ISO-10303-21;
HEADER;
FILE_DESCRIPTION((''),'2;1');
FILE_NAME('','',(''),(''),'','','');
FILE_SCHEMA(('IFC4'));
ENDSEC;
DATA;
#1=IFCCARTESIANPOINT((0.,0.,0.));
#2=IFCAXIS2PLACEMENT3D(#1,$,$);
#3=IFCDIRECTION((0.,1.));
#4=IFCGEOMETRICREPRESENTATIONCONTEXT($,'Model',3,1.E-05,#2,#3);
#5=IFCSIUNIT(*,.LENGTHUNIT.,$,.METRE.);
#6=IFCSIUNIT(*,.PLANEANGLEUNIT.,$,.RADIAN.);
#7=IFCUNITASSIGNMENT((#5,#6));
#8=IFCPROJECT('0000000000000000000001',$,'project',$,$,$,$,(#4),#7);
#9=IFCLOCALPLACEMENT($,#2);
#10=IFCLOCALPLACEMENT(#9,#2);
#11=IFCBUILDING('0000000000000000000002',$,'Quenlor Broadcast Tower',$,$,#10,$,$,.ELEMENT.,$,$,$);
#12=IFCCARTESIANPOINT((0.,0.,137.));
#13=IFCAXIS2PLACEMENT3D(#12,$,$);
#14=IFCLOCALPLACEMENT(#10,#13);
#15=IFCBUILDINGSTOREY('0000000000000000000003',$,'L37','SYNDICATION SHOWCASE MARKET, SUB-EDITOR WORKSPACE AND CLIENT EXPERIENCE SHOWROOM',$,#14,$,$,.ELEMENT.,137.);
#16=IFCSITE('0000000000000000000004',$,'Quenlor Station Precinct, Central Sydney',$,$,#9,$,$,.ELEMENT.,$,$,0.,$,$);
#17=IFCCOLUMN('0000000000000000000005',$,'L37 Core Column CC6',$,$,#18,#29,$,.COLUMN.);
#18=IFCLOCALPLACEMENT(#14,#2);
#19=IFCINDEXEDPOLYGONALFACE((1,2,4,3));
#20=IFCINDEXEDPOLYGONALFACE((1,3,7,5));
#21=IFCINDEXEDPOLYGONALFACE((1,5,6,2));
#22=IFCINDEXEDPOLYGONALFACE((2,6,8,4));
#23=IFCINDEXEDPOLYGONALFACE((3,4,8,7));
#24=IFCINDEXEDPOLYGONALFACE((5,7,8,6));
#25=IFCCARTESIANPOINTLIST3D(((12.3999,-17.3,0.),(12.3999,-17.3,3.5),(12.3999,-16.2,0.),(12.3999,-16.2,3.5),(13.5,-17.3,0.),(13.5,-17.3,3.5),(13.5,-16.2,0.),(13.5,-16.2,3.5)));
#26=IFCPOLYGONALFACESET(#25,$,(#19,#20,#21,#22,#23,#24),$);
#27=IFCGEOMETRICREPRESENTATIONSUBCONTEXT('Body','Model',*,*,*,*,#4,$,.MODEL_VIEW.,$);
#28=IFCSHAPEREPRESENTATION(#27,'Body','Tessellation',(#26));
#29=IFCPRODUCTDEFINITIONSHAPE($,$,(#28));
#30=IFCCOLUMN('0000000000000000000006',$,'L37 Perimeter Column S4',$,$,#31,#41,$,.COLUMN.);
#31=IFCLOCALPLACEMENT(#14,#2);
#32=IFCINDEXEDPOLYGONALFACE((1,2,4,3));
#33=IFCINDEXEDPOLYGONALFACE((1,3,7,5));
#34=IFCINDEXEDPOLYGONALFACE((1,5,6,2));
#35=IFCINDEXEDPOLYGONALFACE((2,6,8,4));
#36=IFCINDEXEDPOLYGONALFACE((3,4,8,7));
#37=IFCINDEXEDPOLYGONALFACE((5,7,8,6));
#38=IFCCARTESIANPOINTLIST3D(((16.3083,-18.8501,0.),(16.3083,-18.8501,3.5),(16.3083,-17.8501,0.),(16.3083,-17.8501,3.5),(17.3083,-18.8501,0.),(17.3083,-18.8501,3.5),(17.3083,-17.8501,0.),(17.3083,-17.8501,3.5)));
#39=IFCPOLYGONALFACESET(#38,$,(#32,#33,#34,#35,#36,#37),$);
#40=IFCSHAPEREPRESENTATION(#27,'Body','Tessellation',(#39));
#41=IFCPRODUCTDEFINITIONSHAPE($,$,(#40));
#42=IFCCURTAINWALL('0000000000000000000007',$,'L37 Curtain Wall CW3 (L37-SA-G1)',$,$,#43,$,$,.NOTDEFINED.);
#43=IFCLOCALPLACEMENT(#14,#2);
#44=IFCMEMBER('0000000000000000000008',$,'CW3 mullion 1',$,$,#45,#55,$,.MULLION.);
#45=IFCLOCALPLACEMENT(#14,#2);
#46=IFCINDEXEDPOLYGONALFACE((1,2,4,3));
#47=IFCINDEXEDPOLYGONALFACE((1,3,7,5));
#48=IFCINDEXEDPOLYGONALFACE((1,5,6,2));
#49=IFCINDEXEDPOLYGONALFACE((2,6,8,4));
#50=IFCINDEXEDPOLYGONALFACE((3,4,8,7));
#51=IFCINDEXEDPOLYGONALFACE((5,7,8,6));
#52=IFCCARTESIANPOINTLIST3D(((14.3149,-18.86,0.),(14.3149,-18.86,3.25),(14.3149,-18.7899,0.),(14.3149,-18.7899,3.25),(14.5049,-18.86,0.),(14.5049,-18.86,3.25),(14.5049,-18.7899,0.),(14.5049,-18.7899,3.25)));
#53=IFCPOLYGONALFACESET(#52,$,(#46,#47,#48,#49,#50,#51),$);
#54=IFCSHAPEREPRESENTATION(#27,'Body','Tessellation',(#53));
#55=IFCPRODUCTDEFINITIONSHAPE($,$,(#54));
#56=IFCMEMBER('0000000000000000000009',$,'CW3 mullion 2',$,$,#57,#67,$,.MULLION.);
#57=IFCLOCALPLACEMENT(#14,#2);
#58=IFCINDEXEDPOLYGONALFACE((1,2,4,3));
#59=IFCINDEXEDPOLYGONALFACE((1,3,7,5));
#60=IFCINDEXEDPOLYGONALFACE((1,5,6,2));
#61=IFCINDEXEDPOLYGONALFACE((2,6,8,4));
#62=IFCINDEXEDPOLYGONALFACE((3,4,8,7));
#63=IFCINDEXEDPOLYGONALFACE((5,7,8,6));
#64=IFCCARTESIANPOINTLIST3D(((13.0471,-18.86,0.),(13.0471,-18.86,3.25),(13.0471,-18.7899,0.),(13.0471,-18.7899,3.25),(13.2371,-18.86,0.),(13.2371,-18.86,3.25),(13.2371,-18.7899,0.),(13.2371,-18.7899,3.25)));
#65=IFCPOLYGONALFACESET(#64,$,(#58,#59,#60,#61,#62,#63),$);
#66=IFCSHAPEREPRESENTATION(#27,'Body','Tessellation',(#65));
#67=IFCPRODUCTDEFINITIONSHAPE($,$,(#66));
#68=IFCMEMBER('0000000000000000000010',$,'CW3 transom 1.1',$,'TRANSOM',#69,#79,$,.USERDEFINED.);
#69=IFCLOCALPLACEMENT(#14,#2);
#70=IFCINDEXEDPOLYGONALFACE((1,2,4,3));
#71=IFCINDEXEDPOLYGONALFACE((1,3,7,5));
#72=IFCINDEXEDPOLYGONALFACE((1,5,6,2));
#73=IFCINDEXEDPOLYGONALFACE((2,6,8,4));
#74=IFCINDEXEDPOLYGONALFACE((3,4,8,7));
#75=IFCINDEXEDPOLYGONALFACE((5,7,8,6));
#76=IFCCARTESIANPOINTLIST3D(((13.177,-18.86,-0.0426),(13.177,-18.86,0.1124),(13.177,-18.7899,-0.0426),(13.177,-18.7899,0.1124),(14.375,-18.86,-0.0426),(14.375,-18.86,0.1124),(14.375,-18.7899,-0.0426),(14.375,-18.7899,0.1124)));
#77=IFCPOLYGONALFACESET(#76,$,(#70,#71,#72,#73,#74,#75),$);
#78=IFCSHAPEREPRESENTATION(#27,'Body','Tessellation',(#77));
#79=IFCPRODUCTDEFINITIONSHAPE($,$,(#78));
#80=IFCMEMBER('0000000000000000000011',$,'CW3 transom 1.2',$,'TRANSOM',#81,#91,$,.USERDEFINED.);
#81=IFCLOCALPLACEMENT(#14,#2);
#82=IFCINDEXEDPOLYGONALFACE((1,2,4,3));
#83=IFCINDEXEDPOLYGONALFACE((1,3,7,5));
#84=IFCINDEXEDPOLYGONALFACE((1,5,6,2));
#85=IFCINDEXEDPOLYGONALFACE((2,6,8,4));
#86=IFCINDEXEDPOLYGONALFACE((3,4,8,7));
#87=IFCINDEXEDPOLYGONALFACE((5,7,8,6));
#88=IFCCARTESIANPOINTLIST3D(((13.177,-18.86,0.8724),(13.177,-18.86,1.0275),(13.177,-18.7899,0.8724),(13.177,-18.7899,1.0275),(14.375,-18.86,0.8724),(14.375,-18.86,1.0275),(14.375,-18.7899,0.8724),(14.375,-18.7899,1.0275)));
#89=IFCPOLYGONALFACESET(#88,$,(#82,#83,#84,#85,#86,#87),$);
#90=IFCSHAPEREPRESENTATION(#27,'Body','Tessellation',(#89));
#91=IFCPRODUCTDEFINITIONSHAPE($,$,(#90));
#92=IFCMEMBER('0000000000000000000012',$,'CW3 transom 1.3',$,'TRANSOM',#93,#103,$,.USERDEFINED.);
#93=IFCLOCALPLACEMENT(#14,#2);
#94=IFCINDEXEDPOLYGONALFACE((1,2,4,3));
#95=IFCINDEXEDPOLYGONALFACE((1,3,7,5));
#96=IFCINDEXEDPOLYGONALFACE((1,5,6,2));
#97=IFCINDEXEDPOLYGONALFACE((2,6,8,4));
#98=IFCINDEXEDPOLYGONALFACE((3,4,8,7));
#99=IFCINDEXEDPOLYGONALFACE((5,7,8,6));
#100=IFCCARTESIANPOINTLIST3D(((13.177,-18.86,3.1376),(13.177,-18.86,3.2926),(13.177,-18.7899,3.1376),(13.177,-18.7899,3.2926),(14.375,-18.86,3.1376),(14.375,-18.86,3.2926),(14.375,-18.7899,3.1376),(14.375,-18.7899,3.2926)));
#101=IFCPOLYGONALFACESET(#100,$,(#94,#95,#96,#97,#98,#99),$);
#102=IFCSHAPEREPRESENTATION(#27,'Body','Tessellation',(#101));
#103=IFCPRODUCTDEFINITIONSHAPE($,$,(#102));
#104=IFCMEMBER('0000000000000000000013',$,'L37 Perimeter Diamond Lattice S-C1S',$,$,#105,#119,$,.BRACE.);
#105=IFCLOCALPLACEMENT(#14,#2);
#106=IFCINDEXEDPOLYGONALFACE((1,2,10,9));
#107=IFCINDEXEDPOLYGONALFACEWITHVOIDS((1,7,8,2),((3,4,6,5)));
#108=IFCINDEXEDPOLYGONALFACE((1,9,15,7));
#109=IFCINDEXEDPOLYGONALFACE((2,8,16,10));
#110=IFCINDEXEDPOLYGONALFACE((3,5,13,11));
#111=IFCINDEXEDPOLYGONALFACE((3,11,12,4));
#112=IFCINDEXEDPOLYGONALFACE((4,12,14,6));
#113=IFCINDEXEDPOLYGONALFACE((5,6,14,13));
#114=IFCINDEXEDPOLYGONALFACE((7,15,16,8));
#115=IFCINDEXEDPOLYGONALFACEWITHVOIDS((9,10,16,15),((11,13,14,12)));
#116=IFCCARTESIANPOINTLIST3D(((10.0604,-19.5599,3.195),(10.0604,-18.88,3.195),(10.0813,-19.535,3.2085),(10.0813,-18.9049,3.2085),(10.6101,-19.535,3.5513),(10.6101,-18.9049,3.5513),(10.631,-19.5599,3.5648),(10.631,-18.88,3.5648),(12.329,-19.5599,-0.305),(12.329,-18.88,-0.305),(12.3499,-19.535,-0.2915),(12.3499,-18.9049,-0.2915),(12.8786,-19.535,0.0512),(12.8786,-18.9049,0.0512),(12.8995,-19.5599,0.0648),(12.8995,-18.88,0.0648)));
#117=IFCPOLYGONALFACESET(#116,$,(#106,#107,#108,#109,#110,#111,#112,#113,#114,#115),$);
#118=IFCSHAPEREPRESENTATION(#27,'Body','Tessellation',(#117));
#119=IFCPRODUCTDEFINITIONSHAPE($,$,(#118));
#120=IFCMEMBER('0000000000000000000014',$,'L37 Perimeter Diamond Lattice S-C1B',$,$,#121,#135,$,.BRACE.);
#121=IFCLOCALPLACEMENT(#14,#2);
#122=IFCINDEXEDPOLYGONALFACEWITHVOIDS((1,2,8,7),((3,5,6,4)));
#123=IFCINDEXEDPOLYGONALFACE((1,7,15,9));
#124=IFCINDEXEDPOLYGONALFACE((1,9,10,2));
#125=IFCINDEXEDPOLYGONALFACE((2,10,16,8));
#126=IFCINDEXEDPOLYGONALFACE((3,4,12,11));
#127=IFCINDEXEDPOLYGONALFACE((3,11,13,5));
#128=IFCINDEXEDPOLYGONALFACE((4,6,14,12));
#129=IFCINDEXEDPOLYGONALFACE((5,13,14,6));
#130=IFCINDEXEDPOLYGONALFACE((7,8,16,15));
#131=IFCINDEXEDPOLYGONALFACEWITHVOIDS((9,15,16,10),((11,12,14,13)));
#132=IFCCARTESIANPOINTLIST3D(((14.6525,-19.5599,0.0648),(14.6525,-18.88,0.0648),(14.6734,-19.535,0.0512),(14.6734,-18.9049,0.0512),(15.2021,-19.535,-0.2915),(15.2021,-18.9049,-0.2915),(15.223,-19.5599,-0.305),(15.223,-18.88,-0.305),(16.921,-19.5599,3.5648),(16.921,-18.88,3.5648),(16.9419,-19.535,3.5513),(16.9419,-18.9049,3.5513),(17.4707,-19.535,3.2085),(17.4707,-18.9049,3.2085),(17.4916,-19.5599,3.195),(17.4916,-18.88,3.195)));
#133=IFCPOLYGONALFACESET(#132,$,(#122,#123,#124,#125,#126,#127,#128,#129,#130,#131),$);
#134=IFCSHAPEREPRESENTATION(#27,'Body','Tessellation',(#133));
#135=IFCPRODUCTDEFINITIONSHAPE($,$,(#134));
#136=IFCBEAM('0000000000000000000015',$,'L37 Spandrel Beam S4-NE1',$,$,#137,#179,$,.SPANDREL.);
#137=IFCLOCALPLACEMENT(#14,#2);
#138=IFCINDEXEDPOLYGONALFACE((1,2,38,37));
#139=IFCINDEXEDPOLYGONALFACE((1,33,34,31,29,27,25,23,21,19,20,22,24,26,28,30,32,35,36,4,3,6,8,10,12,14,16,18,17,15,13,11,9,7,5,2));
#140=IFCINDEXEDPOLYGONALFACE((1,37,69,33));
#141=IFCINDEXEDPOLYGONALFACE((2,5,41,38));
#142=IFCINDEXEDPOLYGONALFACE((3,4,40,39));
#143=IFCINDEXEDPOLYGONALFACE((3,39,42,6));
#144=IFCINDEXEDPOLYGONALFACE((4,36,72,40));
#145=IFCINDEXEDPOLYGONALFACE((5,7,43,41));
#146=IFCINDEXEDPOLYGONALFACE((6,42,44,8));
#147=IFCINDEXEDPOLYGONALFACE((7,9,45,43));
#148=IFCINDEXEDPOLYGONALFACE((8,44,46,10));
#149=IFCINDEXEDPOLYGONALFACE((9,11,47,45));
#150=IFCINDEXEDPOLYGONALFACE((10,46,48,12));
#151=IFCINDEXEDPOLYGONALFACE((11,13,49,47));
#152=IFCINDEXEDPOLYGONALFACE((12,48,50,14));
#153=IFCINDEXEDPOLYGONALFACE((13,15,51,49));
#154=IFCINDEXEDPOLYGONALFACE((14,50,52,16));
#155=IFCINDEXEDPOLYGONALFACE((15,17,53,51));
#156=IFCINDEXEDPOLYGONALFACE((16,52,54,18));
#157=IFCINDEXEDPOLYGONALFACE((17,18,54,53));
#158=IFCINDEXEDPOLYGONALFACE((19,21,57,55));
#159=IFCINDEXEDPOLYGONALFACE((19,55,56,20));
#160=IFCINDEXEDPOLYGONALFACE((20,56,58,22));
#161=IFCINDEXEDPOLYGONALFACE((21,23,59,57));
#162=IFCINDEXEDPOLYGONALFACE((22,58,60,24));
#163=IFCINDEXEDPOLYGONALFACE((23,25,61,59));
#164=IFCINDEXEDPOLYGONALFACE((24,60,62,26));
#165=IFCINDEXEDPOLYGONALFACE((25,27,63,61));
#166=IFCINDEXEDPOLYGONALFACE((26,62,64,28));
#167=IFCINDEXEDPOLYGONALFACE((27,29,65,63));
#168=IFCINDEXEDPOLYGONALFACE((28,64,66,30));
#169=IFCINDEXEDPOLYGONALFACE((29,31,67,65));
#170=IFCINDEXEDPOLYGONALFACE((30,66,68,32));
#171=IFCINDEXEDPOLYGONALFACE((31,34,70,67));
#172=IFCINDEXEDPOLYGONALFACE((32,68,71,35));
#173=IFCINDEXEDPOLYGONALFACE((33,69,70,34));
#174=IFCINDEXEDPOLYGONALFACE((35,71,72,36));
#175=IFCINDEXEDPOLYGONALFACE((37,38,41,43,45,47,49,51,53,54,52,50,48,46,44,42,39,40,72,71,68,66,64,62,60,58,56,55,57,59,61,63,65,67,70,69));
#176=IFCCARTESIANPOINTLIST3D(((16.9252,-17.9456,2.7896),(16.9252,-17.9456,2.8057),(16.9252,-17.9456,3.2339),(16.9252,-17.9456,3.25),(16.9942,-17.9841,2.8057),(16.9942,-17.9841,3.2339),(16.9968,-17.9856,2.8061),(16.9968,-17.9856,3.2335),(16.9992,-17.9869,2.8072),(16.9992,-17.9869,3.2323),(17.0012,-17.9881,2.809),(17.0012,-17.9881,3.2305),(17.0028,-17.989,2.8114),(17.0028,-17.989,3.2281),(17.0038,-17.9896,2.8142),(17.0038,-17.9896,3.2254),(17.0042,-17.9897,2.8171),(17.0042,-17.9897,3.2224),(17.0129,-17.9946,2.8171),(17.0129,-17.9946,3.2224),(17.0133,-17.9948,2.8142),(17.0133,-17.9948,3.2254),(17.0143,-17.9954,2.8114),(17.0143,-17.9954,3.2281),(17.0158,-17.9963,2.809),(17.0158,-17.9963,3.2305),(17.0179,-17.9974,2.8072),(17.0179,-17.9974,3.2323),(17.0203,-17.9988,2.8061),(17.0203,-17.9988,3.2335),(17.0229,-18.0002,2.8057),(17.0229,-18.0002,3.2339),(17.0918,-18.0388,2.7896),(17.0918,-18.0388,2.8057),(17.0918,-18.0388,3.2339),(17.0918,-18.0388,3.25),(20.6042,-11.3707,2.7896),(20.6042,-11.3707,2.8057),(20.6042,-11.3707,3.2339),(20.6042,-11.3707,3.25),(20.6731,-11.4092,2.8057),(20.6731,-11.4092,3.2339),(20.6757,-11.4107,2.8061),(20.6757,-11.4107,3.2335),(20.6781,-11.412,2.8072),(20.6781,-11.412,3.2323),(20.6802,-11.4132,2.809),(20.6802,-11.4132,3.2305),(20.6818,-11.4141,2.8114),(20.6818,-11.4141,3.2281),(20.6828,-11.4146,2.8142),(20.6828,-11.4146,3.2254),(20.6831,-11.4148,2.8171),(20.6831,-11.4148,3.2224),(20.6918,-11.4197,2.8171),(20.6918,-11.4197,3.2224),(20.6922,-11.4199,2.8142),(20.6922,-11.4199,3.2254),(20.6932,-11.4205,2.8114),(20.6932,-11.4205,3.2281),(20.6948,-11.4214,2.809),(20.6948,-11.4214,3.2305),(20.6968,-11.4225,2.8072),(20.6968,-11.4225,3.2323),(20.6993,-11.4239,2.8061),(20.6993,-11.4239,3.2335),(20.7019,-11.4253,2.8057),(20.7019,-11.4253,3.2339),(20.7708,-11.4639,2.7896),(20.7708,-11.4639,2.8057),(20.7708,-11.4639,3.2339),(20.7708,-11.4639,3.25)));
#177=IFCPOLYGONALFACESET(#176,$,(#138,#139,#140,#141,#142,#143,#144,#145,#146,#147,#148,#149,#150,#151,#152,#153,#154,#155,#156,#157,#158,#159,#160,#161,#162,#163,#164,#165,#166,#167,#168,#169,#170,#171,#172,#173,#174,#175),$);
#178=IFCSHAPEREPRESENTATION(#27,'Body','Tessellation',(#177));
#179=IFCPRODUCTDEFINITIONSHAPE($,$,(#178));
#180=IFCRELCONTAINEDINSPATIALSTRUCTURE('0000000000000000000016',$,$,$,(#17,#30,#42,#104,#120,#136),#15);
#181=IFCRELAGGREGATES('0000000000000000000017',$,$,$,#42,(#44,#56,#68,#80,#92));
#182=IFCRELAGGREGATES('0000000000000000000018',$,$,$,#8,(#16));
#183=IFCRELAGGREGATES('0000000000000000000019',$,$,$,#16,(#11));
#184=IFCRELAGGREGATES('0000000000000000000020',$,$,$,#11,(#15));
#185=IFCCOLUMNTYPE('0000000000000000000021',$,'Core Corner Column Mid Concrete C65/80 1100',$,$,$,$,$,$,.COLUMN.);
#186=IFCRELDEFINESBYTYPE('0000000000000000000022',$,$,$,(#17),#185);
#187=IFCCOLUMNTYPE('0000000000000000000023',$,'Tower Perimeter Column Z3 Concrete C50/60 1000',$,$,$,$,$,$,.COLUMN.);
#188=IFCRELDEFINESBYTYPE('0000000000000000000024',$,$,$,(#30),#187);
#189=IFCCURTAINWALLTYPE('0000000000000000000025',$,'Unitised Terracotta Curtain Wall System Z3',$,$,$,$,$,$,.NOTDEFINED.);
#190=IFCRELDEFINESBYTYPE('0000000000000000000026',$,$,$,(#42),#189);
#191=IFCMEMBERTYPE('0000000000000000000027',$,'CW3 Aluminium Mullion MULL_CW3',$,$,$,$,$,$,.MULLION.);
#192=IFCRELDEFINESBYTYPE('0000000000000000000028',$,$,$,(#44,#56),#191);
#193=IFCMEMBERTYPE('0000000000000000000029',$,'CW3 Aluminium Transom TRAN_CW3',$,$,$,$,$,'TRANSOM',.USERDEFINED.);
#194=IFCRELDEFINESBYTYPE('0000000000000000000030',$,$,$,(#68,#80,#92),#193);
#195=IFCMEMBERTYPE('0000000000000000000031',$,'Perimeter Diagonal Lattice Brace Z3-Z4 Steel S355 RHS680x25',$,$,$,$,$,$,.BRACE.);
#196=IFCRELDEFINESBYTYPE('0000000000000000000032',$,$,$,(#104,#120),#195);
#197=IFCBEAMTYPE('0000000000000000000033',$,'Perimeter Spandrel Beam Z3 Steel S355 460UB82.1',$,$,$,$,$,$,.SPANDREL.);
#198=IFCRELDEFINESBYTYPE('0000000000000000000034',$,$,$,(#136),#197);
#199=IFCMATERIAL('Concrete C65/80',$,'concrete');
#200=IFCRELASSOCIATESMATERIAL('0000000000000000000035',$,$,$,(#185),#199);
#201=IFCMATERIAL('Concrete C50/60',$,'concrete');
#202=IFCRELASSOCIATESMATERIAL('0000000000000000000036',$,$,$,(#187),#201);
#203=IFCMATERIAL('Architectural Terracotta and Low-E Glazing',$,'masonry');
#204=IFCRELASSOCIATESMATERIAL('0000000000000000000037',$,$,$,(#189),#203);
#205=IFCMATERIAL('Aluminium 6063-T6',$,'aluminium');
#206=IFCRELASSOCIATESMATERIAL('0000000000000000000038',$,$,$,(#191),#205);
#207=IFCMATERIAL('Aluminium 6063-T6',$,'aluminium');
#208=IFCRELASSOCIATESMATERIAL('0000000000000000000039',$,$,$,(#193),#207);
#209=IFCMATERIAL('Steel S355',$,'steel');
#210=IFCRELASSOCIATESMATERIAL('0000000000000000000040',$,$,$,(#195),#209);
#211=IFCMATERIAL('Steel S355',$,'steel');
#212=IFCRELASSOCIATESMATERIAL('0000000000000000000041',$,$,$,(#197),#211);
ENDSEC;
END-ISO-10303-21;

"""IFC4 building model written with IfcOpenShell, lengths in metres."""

from ifc_helpers import new_model, si_unit, direction, frame, origin, origin_2d, place, context, subcontext, project, spatial, rectangle, hollow_rectangle, i_section, extrude, material, material_profile, profile_set, type_object, element, aggregate, save


model = new_model("IFC4")

# Units and contexts
model_context = context("Model", 3, precision=1e-05, world=origin(), true_north=direction((0.0, 1.0)))
body_context = subcontext(model_context, "Body", "Model", "MODEL_VIEW")
ifc_project = project(units=[si_unit("LENGTHUNIT", "METRE"), si_unit("PLANEANGLEUNIT", "RADIAN")], contexts=[model_context])

# Site, building, storey
site_placement = place(None, origin())
site = spatial("IfcSite", under=ifc_project, at=site_placement, Name="Quenlor Station Precinct, Central Sydney", CompositionType="ELEMENT", RefElevation=0.0)
building_placement = place(site_placement, origin())
building = spatial("IfcBuilding", under=site, at=building_placement, Name="Quenlor Broadcast Tower", CompositionType="ELEMENT")
storey_placement = place(building_placement, frame((0.0, 0.0, 137.0)))
storey = spatial("IfcBuildingStorey", under=building, at=storey_placement, Name="L37", Description="SYNDICATION SHOWCASE MARKET, SUB-EDITOR WORKSPACE AND CLIENT EXPERIENCE SHOWROOM", CompositionType="ELEMENT", Elevation=137.0)

# Columns
ifc_material_1 = material(Name="Concrete C65/80", Category="concrete")
ifc_material_profile_1 = material_profile(ifc_material_1, rectangle(XDim=1.1001, YDim=1.1001, at=origin_2d()))
ifc_profile_set_1 = profile_set([ifc_material_profile_1], Name="Concrete C65/80 RC1100x1100")
column_type_1 = type_object("IfcColumnType", Name="Core Corner Column Mid Concrete C65/80 1100", PredefinedType="COLUMN", material=ifc_profile_set_1)
column_1_placement = place(storey_placement, frame((12.95, -16.75, 0.0), z_axis=(0.0, 0.0, 1.0), x_axis=(1.0, 0.0, 0.0)))
element("IfcColumn", 1, at=column_1_placement, inside=storey, type_object=column_type_1, Name="L37 Core Column CC6", PredefinedType="COLUMN", context=body_context, shape_type="SweptSolid", body=[
    extrude(rectangle(XDim=1.1001, YDim=1.1001, at=origin_2d()), origin(), (0.0, 0.0, 1.0), 3.5),
])
ifc_material_2 = material(Name="Concrete C50/60", Category="concrete")
ifc_material_profile_2 = material_profile(ifc_material_2, rectangle(XDim=1.0, YDim=1.0, at=origin_2d()))
ifc_profile_set_2 = profile_set([ifc_material_profile_2], Name="Concrete C50/60 RC1000x1000")
column_type_2 = type_object("IfcColumnType", Name="Tower Perimeter Column Z3 Concrete C50/60 1000", PredefinedType="COLUMN", material=ifc_profile_set_2)
column_2_placement = place(storey_placement, frame((16.8083, -18.3501, 0.0), z_axis=(0.0, 0.0, 1.0), x_axis=(0.0, 1.0, 0.0)))
element("IfcColumn", 2, at=column_2_placement, inside=storey, type_object=column_type_2, Name="L37 Perimeter Column S4", PredefinedType="COLUMN", context=body_context, shape_type="SweptSolid", body=[
    extrude(rectangle(XDim=1.0, YDim=1.0, at=origin_2d()), origin(), (0.0, 0.0, 1.0), 3.5),
])

# Curtain wall, members
ifc_material_3 = material(Name="Architectural Terracotta and Low-E Glazing", Category="masonry")
curtain_wall_type = type_object("IfcCurtainWallType", Name="Unitised Terracotta Curtain Wall System Z3", PredefinedType="NOTDEFINED", material=ifc_material_3)
curtain_wall_placement = place(storey_placement, origin())
curtain_wall = element("IfcCurtainWall", 3, at=curtain_wall_placement, inside=storey, type_object=curtain_wall_type, Name="L37 Curtain Wall CW3 (L37-SA-G1)", PredefinedType="NOTDEFINED")
ifc_material_4 = material(Name="Aluminium 6063-T6", Category="aluminium")
ifc_material_profile_3 = material_profile(ifc_material_4, rectangle(XDim=0.0701, YDim=0.1899, at=origin_2d()))
ifc_profile_set_3 = profile_set([ifc_material_profile_3], Name="Aluminium 6063-T6 MULL70x190")
member_type_1 = type_object("IfcMemberType", Name="CW3 Aluminium Mullion MULL_CW3", PredefinedType="MULLION", material=ifc_profile_set_3)
member_1_placement = place(storey_placement, frame((14.4099, -18.825, 0.0), z_axis=(0.0, 0.0, 1.0), x_axis=(0.0, -1.0, 0.0)))
member_1 = element("IfcMember", 4, at=member_1_placement, type_object=member_type_1, Name="CW3 mullion 1", PredefinedType="MULLION", context=body_context, shape_type="SweptSolid", body=[
    extrude(rectangle(XDim=0.0701, YDim=0.1899, at=origin_2d()), origin(), (0.0, 0.0, 1.0), 3.25),
])
member_2_placement = place(storey_placement, frame((13.1421, -18.825, 0.0), z_axis=(0.0, 0.0, 1.0), x_axis=(0.0, -1.0, 0.0)))
member_2 = element("IfcMember", 5, at=member_2_placement, type_object=member_type_1, Name="CW3 mullion 2", PredefinedType="MULLION", context=body_context, shape_type="SweptSolid", body=[
    extrude(rectangle(XDim=0.0701, YDim=0.1899, at=origin_2d()), origin(), (0.0, 0.0, 1.0), 3.25),
])
ifc_material_5 = material(Name="Aluminium 6063-T6", Category="aluminium")
ifc_material_profile_4 = material_profile(ifc_material_5, rectangle(XDim=0.0701, YDim=0.155, at=origin_2d()))
ifc_profile_set_4 = profile_set([ifc_material_profile_4], Name="Aluminium 6063-T6 TRAN70x155")
member_type_2 = type_object("IfcMemberType", Name="CW3 Aluminium Transom TRAN_CW3", ElementType="TRANSOM", PredefinedType="USERDEFINED", material=ifc_profile_set_4)
member_3_placement = place(storey_placement, frame((14.375, -18.825, 0.0349), z_axis=(-1.0, 0.0, 0.0), x_axis=(0.0, -1.0, 0.0)))
member_3 = element("IfcMember", 6, at=member_3_placement, type_object=member_type_2, Name="CW3 transom 1.1", ObjectType="TRANSOM", PredefinedType="USERDEFINED", context=body_context, shape_type="SweptSolid", body=[
    extrude(rectangle(XDim=0.0701, YDim=0.155, at=origin_2d()), origin(), (0.0, 0.0, 1.0), 1.198),
])
member_4_placement = place(storey_placement, frame((14.375, -18.825, 0.95), z_axis=(-1.0, 0.0, 0.0), x_axis=(0.0, -1.0, 0.0)))
member_4 = element("IfcMember", 7, at=member_4_placement, type_object=member_type_2, Name="CW3 transom 1.2", ObjectType="TRANSOM", PredefinedType="USERDEFINED", context=body_context, shape_type="SweptSolid", body=[
    extrude(rectangle(XDim=0.0701, YDim=0.155, at=origin_2d()), origin(), (0.0, 0.0, 1.0), 1.198),
])
member_5_placement = place(storey_placement, frame((14.375, -18.825, 3.2151), z_axis=(-1.0, 0.0, 0.0), x_axis=(0.0, -1.0, 0.0)))
member_5 = element("IfcMember", 8, at=member_5_placement, type_object=member_type_2, Name="CW3 transom 1.3", ObjectType="TRANSOM", PredefinedType="USERDEFINED", context=body_context, shape_type="SweptSolid", body=[
    extrude(rectangle(XDim=0.0701, YDim=0.155, at=origin_2d()), origin(), (0.0, 0.0, 1.0), 1.198),
])

# Members
ifc_material_6 = material(Name="Steel S355", Category="steel")
ifc_material_profile_5 = material_profile(ifc_material_6, hollow_rectangle(XDim=0.6799, YDim=0.6799, WallThickness=0.0249, at=origin_2d()))
ifc_profile_set_5 = profile_set([ifc_material_profile_5], Name="Steel S355 RHS680x680x25")
member_type_3 = type_object("IfcMemberType", Name="Perimeter Diagonal Lattice Brace Z3-Z4 Steel S355 RHS680x25", PredefinedType="BRACE", material=ifc_profile_set_5)
for number, where, z_axis, x_axis, name in (
    (9, (12.6143, -19.22, -0.1201), (-0.543902, 0.0, 0.839149), (0.0, -1.0, 0.0), "L37 Perimeter Diamond Lattice S-C1S"),
    (10, (14.9377, -19.22, -0.1201), (0.543902, 0.0, 0.839149), (0.0, 1.0, 0.0), "L37 Perimeter Diamond Lattice S-C1B"),
):
    element("IfcMember", number, at=place(storey_placement, frame(where, z_axis=z_axis, x_axis=x_axis)), inside=storey, type_object=member_type_3, Name=name, PredefinedType="BRACE", context=body_context, shape_type="SweptSolid", body=[
        extrude(hollow_rectangle(XDim=0.6799, YDim=0.6799, WallThickness=0.0249, at=origin_2d()), origin(), (0.0, 0.0, 1.0), 4.1709),
    ])

# Beam
ifc_material_7 = material(Name="Steel S355", Category="steel")
ifc_material_profile_6 = material_profile(ifc_material_7, i_section(OverallWidth=0.1909, OverallDepth=0.4604, WebThickness=0.01, FlangeThickness=0.0161, FilletRadius=0.0115, at=origin_2d()))
ifc_profile_set_6 = profile_set([ifc_material_profile_6], Name="Steel S355 460UB82.1")
beam_type_1 = type_object("IfcBeamType", Name="Perimeter Spandrel Beam Z3 Steel S355 460UB82.1", PredefinedType="SPANDREL", material=ifc_profile_set_6)
beam_1_placement = place(storey_placement, frame((17.0085, -17.9922, 3.0198), z_axis=(0.488298, 0.872677, 0.0), x_axis=(-0.872677, 0.488298, 0.0)))
element("IfcBeam", 11, at=beam_1_placement, inside=storey, type_object=beam_type_1, Name="L37 Spandrel Beam S4-NE1", PredefinedType="SPANDREL", context=body_context, shape_type="SweptSolid", body=[
    extrude(i_section(OverallWidth=0.1909, OverallDepth=0.4604, WebThickness=0.01, FlangeThickness=0.0161, FilletRadius=0.0115, at=origin_2d()), origin(), (0.0, 0.0, 1.0), 7.5342),
])

aggregate(curtain_wall, [member_1, member_2, member_3, member_4, member_5])

save(model, "model.ifc")
